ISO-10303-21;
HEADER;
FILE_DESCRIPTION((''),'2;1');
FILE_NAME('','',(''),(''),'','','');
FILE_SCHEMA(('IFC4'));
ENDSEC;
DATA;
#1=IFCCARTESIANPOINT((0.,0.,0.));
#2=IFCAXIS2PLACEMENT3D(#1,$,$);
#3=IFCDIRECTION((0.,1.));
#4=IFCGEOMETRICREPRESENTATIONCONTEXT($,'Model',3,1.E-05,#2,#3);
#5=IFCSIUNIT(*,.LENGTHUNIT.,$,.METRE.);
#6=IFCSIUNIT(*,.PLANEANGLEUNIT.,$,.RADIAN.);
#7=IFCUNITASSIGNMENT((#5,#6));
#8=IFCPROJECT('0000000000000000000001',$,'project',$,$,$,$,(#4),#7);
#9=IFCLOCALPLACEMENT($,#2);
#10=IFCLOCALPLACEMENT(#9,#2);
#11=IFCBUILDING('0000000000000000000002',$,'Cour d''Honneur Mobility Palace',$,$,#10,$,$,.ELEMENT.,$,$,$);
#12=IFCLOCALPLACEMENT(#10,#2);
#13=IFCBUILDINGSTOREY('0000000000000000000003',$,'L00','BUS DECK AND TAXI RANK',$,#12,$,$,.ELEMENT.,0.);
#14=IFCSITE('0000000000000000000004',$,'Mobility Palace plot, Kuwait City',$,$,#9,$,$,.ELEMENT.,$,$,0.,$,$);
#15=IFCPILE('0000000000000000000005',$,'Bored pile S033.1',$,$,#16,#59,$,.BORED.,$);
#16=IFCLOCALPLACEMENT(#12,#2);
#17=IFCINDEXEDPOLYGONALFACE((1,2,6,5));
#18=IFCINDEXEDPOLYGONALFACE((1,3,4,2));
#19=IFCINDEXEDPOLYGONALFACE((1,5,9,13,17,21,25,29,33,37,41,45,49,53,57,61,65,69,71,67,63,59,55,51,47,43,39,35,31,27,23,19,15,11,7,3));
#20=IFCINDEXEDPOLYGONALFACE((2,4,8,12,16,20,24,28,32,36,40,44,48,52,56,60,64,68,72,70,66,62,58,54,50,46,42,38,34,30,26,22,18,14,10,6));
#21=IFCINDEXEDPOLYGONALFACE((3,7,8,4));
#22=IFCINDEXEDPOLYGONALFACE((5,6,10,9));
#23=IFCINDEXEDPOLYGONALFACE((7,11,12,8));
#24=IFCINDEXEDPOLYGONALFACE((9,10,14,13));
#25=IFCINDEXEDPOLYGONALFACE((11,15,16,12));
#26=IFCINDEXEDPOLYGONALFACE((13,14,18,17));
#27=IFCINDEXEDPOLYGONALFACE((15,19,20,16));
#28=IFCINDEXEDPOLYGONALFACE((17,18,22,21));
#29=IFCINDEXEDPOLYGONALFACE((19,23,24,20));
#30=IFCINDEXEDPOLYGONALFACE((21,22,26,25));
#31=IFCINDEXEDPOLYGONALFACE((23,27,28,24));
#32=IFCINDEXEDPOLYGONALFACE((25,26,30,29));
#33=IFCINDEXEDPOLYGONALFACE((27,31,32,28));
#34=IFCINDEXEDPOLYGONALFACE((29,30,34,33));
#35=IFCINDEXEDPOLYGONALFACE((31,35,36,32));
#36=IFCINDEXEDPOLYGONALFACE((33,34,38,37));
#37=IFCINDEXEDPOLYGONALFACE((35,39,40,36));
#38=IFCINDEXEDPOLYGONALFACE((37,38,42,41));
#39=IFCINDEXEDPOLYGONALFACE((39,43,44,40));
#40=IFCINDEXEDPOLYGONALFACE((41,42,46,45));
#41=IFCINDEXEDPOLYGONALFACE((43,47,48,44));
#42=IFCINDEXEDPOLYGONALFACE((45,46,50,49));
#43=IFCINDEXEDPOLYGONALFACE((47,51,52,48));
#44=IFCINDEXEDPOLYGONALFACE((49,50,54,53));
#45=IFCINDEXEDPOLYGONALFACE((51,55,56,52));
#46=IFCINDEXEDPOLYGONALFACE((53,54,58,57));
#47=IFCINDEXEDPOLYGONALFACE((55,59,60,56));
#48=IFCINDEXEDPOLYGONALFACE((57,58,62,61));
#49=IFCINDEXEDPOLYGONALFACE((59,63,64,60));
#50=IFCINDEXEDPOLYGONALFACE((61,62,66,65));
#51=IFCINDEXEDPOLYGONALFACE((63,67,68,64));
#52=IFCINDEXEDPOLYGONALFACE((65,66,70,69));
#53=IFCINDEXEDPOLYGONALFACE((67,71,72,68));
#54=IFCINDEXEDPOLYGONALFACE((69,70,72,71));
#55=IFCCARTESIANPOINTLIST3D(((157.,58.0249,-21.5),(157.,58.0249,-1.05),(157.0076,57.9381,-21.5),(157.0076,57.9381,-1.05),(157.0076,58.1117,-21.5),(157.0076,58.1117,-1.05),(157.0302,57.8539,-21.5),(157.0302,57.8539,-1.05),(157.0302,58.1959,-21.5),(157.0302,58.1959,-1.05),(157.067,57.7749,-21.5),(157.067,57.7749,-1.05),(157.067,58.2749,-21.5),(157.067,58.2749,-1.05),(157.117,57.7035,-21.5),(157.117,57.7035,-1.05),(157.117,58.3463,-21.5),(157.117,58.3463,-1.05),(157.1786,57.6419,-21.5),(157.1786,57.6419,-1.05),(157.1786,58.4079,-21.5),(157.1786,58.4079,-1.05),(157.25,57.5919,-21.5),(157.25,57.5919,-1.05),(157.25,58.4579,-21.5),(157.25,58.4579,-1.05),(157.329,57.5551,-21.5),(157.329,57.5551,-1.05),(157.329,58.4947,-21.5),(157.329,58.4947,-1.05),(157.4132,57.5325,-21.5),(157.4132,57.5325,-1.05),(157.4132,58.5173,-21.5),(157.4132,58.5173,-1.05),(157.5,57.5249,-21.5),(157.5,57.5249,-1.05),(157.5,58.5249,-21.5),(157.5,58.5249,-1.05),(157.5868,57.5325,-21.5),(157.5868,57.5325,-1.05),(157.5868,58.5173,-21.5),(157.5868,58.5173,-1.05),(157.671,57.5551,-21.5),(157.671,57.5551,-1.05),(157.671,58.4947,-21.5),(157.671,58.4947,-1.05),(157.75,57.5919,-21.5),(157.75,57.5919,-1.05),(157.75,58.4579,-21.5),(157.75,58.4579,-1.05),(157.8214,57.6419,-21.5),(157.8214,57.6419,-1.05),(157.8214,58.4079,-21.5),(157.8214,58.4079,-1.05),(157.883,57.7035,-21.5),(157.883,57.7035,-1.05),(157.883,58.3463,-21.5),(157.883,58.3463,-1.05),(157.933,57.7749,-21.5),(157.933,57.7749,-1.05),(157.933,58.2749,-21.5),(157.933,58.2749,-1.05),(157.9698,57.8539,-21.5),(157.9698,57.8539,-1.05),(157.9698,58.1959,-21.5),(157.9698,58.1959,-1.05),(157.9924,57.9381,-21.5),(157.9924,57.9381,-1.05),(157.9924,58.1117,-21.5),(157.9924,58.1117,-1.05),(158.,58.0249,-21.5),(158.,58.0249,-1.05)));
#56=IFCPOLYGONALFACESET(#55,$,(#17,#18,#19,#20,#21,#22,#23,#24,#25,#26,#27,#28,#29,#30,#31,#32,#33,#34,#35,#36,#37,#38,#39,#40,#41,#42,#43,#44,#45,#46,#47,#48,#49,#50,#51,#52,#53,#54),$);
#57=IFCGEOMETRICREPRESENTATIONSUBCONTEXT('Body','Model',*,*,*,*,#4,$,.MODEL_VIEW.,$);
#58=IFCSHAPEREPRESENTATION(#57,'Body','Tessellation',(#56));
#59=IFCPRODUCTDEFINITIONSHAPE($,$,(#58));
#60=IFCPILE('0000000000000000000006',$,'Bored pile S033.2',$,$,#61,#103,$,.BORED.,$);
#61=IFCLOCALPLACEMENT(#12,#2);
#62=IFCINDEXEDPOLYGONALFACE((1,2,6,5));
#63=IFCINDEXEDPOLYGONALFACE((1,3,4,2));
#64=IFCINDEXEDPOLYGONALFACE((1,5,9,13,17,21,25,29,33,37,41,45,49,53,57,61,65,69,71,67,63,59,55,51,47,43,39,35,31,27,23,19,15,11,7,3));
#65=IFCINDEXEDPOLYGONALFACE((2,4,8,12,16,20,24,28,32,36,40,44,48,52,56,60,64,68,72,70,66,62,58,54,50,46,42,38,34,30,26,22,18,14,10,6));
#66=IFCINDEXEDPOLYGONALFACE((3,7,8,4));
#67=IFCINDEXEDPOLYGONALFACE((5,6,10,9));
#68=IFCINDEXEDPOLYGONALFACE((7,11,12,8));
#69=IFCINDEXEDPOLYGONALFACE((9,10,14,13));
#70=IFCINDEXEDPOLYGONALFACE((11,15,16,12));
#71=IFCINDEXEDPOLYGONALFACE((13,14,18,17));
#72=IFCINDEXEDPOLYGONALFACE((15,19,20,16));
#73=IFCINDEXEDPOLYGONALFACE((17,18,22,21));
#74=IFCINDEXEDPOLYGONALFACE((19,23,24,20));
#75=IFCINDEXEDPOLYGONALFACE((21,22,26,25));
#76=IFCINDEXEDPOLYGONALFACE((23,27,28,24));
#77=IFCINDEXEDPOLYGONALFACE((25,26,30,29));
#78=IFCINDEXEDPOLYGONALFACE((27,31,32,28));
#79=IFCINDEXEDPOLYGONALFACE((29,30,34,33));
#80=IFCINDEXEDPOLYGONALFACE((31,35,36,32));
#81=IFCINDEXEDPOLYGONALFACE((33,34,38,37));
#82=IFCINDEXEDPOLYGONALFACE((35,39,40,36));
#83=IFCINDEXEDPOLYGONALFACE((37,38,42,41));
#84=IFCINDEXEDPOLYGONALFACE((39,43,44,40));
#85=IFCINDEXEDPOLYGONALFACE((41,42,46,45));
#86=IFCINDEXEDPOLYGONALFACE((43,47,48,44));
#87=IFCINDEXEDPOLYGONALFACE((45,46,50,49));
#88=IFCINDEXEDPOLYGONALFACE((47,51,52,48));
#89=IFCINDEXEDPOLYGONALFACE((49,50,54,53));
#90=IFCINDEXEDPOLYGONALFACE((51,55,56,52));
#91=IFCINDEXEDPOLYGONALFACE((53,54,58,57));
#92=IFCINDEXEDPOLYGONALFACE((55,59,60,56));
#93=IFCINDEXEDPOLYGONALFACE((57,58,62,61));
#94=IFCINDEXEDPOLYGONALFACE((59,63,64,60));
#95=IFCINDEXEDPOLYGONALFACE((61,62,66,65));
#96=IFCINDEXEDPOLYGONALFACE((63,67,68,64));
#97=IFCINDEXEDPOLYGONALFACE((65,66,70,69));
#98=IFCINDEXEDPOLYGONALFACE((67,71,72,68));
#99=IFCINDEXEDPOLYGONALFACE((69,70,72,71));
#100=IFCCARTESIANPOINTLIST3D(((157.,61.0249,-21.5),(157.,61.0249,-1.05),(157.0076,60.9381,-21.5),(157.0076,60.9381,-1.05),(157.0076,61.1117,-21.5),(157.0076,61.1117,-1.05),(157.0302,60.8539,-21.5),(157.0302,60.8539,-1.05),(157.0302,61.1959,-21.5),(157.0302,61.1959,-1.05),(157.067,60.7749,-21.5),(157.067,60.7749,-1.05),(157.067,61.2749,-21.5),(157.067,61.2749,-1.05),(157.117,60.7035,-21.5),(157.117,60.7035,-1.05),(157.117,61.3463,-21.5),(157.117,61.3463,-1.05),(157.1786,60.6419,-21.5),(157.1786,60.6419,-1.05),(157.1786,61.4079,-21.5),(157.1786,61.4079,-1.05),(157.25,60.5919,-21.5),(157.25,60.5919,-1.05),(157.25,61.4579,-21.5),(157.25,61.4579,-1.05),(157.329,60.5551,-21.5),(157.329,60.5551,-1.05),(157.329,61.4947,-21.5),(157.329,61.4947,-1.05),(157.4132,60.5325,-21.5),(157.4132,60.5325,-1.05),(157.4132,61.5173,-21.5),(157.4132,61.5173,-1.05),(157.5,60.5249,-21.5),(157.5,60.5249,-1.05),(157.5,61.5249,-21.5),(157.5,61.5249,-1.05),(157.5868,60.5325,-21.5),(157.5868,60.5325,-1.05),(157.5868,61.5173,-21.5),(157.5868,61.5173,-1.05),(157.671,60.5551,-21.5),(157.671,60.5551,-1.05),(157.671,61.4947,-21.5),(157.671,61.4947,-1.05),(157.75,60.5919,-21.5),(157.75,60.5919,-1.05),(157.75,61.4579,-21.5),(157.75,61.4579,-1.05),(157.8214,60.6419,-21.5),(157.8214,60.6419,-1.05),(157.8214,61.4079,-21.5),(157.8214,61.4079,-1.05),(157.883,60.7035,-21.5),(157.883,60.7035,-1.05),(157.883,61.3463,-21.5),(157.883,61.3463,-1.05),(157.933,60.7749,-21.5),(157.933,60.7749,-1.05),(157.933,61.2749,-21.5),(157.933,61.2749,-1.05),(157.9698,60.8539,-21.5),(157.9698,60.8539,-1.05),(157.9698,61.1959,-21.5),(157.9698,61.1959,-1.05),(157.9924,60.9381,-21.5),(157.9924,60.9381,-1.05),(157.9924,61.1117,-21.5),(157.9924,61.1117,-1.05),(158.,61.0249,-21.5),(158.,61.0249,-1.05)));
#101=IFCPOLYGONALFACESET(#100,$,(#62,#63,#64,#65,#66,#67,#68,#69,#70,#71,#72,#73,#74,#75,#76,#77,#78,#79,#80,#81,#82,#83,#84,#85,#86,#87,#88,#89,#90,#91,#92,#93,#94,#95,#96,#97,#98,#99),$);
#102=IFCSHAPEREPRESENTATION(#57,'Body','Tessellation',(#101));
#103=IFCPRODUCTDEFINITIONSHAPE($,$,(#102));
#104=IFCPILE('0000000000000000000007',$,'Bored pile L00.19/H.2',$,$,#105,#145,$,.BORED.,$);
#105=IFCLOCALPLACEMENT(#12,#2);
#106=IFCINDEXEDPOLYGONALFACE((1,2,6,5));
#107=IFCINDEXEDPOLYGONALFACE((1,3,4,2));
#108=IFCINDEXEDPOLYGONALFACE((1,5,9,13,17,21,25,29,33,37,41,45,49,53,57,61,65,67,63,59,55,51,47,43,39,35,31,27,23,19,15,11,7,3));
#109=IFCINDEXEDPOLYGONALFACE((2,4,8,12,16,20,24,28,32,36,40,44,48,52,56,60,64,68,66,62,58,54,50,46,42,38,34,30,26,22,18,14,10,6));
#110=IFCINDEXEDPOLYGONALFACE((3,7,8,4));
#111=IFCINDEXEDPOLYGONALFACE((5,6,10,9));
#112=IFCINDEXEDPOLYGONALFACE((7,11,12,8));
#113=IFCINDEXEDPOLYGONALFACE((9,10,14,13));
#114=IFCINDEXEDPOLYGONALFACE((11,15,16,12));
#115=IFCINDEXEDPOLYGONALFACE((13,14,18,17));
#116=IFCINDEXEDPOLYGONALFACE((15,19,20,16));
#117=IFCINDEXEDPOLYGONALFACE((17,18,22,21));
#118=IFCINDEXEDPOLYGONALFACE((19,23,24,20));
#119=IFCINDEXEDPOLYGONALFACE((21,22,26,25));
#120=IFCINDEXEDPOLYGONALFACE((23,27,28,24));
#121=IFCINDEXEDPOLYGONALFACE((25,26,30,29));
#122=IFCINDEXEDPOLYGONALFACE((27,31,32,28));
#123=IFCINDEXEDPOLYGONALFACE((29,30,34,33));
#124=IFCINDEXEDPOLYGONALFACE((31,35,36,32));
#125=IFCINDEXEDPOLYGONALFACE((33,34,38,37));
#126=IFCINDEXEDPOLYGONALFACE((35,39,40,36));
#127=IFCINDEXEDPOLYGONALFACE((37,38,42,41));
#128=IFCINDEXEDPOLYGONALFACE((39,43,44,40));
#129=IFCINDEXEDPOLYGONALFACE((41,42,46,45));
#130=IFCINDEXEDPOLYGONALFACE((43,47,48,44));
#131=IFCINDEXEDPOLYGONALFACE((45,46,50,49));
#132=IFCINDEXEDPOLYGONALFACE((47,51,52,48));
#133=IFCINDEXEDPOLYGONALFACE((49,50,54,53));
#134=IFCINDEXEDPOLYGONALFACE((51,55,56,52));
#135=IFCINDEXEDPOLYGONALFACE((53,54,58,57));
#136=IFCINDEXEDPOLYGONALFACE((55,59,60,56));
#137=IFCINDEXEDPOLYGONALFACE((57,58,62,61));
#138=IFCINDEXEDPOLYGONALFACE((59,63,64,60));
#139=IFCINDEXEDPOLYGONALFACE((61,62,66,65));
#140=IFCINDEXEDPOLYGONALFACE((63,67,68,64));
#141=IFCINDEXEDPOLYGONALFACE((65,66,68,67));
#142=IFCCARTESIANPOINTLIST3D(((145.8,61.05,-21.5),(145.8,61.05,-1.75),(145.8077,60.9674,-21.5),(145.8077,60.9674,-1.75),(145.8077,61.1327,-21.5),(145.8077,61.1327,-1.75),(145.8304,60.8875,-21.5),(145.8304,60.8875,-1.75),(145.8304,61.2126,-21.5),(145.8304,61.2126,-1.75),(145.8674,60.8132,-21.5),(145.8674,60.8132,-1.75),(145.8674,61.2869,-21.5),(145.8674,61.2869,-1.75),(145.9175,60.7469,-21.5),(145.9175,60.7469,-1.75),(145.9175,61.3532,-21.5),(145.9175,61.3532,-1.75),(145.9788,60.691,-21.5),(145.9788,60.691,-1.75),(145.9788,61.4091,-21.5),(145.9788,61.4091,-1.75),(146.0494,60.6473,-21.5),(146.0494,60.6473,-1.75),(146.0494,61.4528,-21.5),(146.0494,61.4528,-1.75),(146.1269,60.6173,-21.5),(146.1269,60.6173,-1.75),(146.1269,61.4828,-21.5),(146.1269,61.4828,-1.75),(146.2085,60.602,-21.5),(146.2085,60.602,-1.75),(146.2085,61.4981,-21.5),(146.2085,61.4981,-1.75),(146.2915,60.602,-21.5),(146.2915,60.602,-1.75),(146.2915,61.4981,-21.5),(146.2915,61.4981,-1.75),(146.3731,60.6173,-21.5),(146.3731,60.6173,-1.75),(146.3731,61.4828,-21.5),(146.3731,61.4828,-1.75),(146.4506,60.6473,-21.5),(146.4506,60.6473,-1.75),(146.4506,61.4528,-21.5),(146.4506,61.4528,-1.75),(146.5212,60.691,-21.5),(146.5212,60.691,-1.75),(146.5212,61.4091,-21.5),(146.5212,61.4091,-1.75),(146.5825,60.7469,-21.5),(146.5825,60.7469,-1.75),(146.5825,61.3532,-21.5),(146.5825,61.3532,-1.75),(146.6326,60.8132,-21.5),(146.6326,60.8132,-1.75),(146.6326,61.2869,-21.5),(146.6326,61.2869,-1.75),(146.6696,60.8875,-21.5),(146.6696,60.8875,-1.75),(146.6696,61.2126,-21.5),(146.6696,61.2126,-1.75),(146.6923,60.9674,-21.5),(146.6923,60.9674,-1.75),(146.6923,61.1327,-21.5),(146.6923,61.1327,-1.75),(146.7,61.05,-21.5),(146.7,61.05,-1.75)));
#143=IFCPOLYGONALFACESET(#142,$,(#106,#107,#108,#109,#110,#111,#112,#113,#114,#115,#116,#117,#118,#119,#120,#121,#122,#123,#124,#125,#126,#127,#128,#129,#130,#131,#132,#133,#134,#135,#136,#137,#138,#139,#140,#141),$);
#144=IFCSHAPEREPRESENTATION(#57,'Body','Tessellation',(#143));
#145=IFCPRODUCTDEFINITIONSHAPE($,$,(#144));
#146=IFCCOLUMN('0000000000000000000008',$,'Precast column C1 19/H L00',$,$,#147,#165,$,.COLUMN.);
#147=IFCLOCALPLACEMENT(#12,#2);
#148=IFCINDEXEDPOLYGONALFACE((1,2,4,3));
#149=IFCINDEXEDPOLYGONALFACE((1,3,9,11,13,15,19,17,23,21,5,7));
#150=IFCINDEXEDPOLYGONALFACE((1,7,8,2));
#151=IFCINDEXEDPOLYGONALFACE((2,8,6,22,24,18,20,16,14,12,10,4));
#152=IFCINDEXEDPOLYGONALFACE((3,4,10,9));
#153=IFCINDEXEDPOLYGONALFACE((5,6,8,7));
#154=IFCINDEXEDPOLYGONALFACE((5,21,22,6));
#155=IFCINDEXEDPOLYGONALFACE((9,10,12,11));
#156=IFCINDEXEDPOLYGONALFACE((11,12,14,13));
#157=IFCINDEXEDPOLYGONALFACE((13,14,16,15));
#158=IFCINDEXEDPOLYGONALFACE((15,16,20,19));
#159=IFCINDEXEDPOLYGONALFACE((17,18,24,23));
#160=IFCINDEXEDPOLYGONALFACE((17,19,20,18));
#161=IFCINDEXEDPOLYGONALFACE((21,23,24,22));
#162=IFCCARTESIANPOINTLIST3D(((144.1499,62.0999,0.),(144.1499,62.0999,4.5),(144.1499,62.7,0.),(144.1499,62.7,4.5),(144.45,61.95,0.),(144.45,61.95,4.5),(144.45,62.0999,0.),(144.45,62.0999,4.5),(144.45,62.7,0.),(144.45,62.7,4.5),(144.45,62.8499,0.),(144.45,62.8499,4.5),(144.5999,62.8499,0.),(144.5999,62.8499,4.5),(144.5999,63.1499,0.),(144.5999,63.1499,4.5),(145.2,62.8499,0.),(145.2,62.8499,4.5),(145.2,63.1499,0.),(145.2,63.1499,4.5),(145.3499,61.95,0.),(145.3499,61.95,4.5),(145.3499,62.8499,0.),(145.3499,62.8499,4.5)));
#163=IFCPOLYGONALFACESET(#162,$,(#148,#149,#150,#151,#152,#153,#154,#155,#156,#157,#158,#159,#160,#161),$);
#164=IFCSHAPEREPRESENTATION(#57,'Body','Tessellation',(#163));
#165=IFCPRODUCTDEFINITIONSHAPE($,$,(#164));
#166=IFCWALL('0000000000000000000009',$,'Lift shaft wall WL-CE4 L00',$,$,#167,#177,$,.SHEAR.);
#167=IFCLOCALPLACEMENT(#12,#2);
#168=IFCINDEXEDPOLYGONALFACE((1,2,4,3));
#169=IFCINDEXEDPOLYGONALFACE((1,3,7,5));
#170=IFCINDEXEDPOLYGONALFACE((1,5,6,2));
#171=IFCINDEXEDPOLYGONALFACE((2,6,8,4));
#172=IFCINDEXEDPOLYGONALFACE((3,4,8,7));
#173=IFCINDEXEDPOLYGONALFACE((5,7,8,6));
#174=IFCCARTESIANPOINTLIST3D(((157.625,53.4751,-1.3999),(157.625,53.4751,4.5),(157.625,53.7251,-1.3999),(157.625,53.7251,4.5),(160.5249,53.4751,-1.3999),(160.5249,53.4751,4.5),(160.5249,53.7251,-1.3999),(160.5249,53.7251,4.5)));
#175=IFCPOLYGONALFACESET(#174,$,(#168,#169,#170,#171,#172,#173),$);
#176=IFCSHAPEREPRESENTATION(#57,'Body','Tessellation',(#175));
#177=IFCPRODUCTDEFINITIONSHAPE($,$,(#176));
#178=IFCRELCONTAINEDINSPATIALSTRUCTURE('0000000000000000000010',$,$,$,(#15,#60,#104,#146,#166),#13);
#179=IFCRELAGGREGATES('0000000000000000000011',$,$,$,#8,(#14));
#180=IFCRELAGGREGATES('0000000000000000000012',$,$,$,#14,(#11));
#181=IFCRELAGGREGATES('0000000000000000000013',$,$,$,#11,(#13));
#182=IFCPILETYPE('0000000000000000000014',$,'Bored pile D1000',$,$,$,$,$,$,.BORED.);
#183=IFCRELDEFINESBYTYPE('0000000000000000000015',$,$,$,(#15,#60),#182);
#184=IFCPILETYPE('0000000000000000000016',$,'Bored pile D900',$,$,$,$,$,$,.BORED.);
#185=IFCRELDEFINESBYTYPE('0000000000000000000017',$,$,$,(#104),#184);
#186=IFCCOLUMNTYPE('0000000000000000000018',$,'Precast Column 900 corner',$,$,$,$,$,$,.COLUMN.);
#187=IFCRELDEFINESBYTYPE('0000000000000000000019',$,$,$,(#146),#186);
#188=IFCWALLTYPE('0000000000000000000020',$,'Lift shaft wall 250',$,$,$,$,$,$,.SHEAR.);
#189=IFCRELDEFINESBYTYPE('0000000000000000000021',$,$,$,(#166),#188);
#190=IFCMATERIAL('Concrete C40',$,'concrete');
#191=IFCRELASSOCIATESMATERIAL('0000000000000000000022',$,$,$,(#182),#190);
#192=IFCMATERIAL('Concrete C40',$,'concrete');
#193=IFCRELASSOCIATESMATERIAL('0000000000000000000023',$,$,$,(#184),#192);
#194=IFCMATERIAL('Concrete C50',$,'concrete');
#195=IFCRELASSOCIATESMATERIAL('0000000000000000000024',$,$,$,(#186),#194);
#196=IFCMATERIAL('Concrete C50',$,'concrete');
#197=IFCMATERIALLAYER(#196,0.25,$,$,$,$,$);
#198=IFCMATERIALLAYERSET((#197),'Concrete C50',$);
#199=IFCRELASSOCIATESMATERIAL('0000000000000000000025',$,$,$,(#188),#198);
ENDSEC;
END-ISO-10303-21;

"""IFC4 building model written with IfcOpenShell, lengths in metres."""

from ifc_helpers import new_model, si_unit, direction, frame, frame_2d, origin, origin_2d, place, context, subcontext, project, spatial, polyline, rectangle, circle, outline, extrude, material, layer, layer_set, material_profile, profile_set, type_object, element, save


model = new_model("IFC4")

# Units and contexts
model_context = context("Model", 3, precision=1e-05, world=origin(), true_north=direction((0.0, 1.0)))
body_context = subcontext(model_context, "Body", "Model", "MODEL_VIEW")
ifc_project = project(units=[si_unit("LENGTHUNIT", "METRE"), si_unit("PLANEANGLEUNIT", "RADIAN")], contexts=[model_context])

# Site, building, storey
site_placement = place(None, origin())
site = spatial("IfcSite", under=ifc_project, at=site_placement, Name="Mobility Palace plot, Kuwait City", CompositionType="ELEMENT", RefElevation=0.0)
building_placement = place(site_placement, origin())
building = spatial("IfcBuilding", under=site, at=building_placement, Name="Cour d'Honneur Mobility Palace", CompositionType="ELEMENT")
storey_placement = place(building_placement, origin())
storey = spatial("IfcBuildingStorey", under=building, at=storey_placement, Name="L00", Description="BUS DECK AND TAXI RANK", CompositionType="ELEMENT", Elevation=0.0)

# Piles
ifc_material_1 = material(Name="Concrete C40", Category="concrete")
ifc_material_profile_1 = material_profile(ifc_material_1, circle(Radius=0.5, at=origin_2d()), Name="Bored pile D1000")
ifc_profile_set_1 = profile_set([ifc_material_profile_1], Name="Concrete C40")
pile_type_1 = type_object("IfcPileType", Name="Bored pile D1000", PredefinedType="BORED", material=ifc_profile_set_1)
for number, where, z_axis, x_axis, name in (
    (1, (157.5, 58.0249, -1.05), (0.0, 0.0, -1.0), (1.0, 0.0, 0.0), "Bored pile S033.1"),
    (2, (157.5, 61.0249, -1.05), (0.0, 0.0, -1.0), (1.0, 0.0, 0.0), "Bored pile S033.2"),
):
    element("IfcPile", number, at=place(storey_placement, frame(where, z_axis=z_axis, x_axis=x_axis)), inside=storey, type_object=pile_type_1, Name=name, PredefinedType="BORED", context=body_context, shape_type="SweptSolid", body=[
        extrude(circle(Radius=0.5, at=origin_2d()), origin(), (0.0, 0.0, 1.0), 20.45),
    ])
ifc_material_2 = material(Name="Concrete C40", Category="concrete")
ifc_material_profile_2 = material_profile(ifc_material_2, circle(Radius=0.45, at=origin_2d()), Name="Bored pile D900")
ifc_profile_set_2 = profile_set([ifc_material_profile_2], Name="Concrete C40")
pile_type_2 = type_object("IfcPileType", Name="Bored pile D900", PredefinedType="BORED", material=ifc_profile_set_2)
pile_placement = place(storey_placement, frame((146.25, 61.05, -1.75), z_axis=(0.0, 0.0, -1.0), x_axis=(1.0, 0.0, 0.0)))
element("IfcPile", 3, at=pile_placement, inside=storey, type_object=pile_type_2, Name="Bored pile L00.19/H.2", PredefinedType="BORED", context=body_context, shape_type="SweptSolid", body=[
    extrude(circle(Radius=0.45, at=origin_2d()), origin(), (0.0, 0.0, 1.0), 19.75),
])

# Column
ifc_material_3 = material(Name="Concrete C50", Category="concrete")
ifc_material_profile_3 = material_profile(ifc_material_3, outline(polyline([(-0.45, -0.45), (0.45, -0.45), (0.45, -0.3), (0.75, -0.3), (0.75, 0.3), (0.45, 0.3), (0.45, 0.45), (0.3, 0.45), (0.3, 0.75), (-0.3, 0.75), (-0.3, 0.45), (-0.45, 0.45), (-0.45, -0.45)])), Name="PC C900 corner")
ifc_profile_set_3 = profile_set([ifc_material_profile_3], Name="Concrete C50")
column_type = type_object("IfcColumnType", Name="Precast Column 900 corner", PredefinedType="COLUMN", material=ifc_profile_set_3)
column_placement = place(storey_placement, frame((144.8999, 62.3999, 0.0), z_axis=(0.0, 0.0, 1.0), x_axis=(0.0, 1.0, 0.0)))
element("IfcColumn", 4, at=column_placement, inside=storey, type_object=column_type, Name="Precast column C1 19/H L00", PredefinedType="COLUMN", context=body_context, shape_type="SweptSolid", body=[
    extrude(outline(polyline([(-0.45, -0.45), (0.45, -0.45), (0.45, -0.3), (0.75, -0.3), (0.75, 0.3), (0.45, 0.3), (0.45, 0.45), (0.3, 0.45), (0.3, 0.75), (-0.3, 0.75), (-0.3, 0.45), (-0.45, 0.45), (-0.45, -0.45)])), origin(), (0.0, 0.0, 1.0), 4.5),
])

# Wall
ifc_material_4 = material(Name="Concrete C50", Category="concrete")
ifc_layer_1 = layer(ifc_material_4, 0.25)
ifc_layer_set_1 = layer_set([ifc_layer_1], Name="Concrete C50")
wall_type_1 = type_object("IfcWallType", Name="Lift shaft wall 250", PredefinedType="SHEAR", material=ifc_layer_set_1)
wall_1_placement = place(storey_placement, frame((157.625, 53.6001, -1.3999), z_axis=(0.0, 0.0, 1.0), x_axis=(1.0, 0.0, 0.0)))
element("IfcWall", 5, at=wall_1_placement, inside=storey, type_object=wall_type_1, Name="Lift shaft wall WL-CE4 L00", PredefinedType="SHEAR", context=body_context, shape_type="SweptSolid", body=[
    extrude(rectangle(XDim=2.8999, YDim=0.25, at=frame_2d((1.45, 0.0))), origin(), (0.0, 0.0, 1.0), 5.8999),
])

save(model, "model.ifc")
